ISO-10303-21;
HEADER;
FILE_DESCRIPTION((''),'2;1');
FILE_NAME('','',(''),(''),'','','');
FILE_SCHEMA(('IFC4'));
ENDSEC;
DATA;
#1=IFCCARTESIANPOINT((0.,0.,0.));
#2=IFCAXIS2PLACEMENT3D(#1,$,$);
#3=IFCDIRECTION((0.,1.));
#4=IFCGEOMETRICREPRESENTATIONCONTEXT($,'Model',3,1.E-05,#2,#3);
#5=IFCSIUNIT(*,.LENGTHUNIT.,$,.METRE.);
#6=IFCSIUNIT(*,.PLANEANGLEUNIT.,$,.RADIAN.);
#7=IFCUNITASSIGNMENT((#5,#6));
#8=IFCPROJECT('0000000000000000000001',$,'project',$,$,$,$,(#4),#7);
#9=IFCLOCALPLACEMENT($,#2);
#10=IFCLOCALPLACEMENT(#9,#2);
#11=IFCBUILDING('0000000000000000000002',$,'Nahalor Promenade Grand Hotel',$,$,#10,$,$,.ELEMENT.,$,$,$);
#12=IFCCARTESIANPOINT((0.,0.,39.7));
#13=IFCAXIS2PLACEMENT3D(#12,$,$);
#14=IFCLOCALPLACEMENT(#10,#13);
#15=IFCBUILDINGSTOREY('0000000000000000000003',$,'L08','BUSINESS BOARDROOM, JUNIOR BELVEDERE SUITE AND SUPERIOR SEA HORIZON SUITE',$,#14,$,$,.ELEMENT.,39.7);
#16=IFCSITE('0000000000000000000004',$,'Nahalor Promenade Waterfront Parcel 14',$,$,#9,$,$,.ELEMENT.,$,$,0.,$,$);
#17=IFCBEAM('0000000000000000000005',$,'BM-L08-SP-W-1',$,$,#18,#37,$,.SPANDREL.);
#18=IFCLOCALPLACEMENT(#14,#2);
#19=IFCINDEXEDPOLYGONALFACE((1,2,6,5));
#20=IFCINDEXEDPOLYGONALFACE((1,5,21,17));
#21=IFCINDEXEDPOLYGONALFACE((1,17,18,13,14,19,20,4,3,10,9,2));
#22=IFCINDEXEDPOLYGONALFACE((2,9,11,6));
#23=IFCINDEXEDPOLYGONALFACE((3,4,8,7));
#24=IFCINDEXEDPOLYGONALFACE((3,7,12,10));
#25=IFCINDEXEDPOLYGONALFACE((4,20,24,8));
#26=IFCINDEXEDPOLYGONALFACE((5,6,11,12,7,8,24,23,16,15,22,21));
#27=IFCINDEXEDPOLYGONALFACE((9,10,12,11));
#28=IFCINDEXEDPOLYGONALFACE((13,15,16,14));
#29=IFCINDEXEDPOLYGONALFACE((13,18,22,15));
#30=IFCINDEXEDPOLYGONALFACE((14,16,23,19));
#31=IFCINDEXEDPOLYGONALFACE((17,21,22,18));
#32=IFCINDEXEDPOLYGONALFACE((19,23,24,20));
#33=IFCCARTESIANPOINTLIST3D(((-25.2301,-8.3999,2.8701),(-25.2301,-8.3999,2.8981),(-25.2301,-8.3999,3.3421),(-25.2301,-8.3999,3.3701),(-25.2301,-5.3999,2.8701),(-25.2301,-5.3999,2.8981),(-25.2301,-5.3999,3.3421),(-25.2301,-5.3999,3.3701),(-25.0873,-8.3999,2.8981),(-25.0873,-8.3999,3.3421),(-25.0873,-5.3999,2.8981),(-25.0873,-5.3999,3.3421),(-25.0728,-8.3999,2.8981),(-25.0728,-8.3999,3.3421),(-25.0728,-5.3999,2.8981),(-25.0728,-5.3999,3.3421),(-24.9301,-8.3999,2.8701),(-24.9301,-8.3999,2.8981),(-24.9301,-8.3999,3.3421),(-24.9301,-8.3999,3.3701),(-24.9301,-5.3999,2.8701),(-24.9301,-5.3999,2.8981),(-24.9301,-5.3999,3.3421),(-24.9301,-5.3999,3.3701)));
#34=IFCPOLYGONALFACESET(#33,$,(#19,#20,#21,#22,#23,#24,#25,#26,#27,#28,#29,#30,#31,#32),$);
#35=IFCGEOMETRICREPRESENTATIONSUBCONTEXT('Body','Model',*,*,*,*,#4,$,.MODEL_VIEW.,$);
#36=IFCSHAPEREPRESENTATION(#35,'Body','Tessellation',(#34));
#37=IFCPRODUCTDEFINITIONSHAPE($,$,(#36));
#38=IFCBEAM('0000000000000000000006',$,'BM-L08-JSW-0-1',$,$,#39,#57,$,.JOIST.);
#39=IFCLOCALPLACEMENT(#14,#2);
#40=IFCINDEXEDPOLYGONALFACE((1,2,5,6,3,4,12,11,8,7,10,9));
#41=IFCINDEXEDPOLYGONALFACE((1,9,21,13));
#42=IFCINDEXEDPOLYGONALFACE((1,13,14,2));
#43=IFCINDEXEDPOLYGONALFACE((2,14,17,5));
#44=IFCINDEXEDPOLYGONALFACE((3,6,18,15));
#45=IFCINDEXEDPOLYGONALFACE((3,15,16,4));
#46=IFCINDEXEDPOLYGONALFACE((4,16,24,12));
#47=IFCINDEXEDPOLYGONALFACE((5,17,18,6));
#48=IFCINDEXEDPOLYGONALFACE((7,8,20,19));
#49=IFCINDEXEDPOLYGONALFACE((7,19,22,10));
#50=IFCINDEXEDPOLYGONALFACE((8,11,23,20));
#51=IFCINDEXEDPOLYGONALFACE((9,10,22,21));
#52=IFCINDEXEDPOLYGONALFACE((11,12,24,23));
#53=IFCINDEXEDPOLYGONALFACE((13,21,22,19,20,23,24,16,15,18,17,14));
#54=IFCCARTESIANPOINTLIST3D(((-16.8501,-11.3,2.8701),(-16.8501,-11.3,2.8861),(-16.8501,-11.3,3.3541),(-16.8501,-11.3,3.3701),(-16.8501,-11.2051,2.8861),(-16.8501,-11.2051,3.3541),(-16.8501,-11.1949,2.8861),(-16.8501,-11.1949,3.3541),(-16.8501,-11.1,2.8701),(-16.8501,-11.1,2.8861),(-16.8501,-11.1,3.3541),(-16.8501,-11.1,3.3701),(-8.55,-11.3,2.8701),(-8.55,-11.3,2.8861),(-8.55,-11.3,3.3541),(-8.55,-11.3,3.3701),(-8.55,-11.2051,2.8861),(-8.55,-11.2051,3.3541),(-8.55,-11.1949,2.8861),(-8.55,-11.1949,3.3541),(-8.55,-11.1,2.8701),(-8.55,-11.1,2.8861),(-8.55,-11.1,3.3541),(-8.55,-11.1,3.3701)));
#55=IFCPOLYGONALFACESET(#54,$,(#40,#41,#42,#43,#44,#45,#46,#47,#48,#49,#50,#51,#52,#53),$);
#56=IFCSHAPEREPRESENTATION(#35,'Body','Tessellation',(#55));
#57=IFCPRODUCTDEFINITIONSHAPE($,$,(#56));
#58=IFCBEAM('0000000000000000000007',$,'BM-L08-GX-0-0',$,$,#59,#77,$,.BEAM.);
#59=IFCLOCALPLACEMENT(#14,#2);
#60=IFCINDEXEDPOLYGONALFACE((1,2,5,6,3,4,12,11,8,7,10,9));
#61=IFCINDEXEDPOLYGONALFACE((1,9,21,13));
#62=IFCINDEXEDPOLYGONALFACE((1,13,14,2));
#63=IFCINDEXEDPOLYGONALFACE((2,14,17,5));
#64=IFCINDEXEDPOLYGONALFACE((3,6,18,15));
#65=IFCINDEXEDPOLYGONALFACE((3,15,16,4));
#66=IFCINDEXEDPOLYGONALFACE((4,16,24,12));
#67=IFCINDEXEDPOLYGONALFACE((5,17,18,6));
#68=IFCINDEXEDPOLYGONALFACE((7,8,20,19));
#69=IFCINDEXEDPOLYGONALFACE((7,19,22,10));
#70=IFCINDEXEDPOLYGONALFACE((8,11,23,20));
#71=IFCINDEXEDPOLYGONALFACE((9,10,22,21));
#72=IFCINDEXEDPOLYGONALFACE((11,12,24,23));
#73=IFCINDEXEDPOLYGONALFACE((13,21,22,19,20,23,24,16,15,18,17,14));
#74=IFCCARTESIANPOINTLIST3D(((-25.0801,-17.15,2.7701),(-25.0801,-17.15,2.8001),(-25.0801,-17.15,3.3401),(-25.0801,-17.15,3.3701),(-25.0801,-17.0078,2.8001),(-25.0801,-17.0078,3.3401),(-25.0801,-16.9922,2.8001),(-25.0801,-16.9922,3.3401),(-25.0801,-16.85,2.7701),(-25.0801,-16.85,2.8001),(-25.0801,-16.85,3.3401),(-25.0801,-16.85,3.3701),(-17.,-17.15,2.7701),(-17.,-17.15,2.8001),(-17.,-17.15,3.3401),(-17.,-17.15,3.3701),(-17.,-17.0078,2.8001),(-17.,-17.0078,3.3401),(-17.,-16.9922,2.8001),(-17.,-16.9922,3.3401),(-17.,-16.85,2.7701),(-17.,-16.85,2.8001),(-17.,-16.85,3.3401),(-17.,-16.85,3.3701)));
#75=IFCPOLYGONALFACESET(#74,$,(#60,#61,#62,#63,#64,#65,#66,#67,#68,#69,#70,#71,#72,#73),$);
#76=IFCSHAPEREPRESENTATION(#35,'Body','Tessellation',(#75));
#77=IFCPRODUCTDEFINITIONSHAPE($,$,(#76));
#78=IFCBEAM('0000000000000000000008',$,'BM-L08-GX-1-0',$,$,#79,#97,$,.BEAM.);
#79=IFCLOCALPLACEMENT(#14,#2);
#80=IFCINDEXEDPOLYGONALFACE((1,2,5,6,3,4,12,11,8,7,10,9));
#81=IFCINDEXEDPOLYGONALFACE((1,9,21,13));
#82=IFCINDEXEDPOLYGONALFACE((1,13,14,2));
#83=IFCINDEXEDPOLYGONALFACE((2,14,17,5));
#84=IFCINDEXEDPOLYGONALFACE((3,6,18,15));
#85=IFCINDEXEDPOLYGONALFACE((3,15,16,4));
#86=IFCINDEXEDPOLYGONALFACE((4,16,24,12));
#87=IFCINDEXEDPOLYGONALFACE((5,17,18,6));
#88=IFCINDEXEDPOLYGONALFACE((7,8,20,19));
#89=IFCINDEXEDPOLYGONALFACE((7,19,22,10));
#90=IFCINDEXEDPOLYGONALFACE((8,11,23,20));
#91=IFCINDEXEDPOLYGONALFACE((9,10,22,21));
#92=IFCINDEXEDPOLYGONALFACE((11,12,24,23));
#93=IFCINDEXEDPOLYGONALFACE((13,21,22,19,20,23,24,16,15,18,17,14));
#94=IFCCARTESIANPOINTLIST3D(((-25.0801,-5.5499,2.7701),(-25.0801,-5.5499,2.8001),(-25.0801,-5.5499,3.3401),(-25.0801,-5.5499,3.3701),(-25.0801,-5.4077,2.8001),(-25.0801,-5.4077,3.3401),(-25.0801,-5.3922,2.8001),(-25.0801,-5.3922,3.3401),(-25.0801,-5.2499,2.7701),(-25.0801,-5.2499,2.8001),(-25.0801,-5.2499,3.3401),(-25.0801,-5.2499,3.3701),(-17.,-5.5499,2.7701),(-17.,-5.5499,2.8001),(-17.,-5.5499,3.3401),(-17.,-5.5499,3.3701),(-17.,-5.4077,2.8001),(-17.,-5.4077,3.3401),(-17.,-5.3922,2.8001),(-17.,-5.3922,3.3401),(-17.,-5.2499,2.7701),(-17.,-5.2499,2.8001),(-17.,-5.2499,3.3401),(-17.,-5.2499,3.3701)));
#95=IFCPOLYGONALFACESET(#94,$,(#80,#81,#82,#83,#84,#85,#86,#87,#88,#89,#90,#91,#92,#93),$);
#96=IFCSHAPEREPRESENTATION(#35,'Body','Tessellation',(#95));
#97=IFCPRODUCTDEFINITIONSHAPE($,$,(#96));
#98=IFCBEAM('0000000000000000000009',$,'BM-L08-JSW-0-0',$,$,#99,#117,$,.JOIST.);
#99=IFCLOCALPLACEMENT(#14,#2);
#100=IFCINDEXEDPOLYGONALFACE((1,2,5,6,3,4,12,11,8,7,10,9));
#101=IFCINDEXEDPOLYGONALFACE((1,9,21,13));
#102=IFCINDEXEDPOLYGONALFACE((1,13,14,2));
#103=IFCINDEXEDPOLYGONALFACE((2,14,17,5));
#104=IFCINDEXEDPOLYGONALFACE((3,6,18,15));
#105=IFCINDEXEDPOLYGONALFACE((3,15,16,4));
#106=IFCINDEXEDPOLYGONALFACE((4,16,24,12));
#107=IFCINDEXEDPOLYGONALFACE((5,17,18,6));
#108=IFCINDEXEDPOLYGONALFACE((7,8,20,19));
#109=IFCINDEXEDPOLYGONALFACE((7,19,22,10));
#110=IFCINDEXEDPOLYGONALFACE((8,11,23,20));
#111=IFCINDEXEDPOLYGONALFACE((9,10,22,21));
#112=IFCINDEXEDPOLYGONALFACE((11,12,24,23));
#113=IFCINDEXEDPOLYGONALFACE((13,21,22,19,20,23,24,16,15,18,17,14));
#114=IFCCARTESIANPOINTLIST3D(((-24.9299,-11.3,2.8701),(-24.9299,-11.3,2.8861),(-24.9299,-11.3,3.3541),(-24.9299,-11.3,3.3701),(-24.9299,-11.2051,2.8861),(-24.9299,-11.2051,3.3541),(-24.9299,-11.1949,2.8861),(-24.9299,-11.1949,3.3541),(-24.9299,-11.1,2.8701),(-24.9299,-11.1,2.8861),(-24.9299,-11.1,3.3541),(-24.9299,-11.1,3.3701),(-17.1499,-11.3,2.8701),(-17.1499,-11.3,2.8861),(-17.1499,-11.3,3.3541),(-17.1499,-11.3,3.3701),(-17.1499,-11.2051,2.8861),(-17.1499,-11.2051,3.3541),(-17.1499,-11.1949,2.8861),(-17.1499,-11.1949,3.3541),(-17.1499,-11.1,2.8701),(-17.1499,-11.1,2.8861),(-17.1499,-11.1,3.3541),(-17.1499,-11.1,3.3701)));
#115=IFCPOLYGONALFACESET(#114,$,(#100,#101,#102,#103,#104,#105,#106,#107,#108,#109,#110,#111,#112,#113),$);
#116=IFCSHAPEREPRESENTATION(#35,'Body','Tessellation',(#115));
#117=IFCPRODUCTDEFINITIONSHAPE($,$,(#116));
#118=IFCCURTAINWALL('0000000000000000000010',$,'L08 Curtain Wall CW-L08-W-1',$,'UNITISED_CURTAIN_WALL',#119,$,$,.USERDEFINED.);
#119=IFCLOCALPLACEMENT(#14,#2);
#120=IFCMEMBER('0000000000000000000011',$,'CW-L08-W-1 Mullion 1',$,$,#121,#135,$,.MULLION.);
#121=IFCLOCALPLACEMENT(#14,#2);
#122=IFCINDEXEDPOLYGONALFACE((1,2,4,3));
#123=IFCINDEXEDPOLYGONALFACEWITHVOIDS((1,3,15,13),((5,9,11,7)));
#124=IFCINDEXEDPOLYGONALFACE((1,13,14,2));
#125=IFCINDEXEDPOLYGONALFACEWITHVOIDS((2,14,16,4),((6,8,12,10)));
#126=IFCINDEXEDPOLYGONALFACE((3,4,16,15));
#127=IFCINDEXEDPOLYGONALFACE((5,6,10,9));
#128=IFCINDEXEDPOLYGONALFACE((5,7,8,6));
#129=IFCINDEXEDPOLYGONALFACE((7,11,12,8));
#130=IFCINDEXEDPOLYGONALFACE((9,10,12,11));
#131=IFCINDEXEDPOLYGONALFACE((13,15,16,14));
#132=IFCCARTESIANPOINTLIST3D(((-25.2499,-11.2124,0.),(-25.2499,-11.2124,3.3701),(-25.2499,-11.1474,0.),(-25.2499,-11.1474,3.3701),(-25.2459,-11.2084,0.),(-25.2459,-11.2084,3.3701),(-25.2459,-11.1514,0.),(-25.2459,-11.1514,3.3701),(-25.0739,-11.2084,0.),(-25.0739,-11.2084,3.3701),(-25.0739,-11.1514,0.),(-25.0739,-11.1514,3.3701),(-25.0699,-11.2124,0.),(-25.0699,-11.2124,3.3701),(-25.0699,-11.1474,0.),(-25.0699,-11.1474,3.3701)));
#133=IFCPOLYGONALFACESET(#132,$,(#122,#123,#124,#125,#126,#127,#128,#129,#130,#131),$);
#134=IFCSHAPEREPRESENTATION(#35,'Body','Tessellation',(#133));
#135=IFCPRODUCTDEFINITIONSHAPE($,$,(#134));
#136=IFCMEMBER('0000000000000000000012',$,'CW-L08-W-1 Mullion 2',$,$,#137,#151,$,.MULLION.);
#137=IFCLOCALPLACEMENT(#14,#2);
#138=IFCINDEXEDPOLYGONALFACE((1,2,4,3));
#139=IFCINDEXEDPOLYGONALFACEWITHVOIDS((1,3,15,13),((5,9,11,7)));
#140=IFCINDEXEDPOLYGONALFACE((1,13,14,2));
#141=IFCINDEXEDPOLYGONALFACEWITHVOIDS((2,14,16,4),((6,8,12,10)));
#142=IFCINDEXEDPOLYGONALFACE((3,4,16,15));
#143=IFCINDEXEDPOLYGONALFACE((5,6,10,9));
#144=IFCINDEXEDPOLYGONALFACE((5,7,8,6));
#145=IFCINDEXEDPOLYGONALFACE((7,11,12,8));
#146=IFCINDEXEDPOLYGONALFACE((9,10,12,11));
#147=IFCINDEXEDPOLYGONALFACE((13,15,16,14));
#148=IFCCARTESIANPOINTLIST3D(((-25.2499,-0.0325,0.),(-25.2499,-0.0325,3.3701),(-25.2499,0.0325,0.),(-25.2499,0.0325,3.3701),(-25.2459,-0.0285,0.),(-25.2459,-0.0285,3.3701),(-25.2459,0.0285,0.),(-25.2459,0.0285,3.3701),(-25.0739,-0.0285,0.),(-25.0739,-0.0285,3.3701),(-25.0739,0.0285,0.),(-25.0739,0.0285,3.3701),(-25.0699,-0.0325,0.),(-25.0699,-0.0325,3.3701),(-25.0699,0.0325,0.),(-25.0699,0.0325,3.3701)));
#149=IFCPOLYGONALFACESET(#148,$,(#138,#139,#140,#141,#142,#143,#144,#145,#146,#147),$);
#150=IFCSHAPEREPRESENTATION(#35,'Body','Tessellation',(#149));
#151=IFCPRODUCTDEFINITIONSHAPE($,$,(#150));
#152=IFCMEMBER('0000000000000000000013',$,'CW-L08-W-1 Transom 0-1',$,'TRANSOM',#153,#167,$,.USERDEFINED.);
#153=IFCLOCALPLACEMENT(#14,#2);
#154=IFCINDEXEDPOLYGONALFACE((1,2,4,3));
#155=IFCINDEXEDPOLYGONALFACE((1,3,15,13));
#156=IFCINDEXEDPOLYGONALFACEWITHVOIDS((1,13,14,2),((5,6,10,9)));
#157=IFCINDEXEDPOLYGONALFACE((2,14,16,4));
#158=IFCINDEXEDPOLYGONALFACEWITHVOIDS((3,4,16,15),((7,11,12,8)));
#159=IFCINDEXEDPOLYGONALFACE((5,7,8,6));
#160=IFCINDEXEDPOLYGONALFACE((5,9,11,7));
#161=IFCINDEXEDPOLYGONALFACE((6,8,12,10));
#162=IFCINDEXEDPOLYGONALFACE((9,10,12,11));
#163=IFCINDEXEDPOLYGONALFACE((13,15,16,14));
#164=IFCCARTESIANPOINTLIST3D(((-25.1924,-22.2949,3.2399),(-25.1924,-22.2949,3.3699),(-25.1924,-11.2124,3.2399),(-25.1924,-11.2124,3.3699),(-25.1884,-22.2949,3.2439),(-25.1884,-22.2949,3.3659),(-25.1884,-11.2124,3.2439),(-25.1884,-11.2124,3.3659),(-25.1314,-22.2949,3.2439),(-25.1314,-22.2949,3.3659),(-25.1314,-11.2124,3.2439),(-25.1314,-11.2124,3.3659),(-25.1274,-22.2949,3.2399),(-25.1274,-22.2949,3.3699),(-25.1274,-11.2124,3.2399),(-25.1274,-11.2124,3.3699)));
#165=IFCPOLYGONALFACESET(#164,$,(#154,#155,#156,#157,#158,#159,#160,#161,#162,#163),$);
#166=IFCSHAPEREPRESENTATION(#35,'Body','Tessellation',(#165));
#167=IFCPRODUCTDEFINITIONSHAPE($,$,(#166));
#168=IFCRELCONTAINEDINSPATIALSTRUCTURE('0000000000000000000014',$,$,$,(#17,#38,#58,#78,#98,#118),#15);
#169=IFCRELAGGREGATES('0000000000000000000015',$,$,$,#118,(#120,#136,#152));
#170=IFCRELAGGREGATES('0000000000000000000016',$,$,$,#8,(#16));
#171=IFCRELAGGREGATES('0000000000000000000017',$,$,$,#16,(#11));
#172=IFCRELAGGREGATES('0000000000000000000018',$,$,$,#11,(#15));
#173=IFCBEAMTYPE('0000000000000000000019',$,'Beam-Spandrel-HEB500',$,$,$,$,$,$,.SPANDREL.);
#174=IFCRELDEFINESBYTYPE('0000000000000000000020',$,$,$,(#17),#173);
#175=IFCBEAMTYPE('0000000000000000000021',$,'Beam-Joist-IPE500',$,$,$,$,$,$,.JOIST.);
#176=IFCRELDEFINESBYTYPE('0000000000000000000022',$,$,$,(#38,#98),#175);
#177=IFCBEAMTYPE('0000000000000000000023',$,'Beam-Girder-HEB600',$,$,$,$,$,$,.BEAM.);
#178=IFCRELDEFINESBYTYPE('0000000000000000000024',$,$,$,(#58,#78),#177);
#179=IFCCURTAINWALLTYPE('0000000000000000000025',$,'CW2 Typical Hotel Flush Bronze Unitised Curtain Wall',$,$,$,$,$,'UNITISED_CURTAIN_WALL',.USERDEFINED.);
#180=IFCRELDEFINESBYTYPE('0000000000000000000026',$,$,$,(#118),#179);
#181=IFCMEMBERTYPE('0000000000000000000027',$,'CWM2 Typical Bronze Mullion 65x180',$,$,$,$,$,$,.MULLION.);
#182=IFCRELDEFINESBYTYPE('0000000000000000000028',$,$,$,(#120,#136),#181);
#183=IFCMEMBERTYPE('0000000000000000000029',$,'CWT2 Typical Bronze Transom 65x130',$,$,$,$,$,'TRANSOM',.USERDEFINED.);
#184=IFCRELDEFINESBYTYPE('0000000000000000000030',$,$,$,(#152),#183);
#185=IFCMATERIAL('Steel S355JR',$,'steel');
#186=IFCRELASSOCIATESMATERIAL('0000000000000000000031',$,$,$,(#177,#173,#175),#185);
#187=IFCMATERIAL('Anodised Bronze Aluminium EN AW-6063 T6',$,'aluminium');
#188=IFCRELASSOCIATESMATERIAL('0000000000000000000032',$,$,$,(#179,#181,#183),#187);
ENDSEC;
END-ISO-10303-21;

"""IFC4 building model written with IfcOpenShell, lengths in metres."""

from ifc_helpers import new_model, si_unit, direction, frame, origin, origin_2d, place, context, subcontext, project, spatial, hollow_rectangle, i_section, extrude, source, transform, mapped, material, material_profile, profile_set, type_object, element, aggregate, save


model = new_model("IFC4")

# Units and contexts
model_context = context("Model", 3, precision=1e-05, world=origin(), true_north=direction((0.0, 1.0)))
body_context = subcontext(model_context, "Body", "Model", "MODEL_VIEW")
ifc_project = project(units=[si_unit("LENGTHUNIT", "METRE"), si_unit("PLANEANGLEUNIT", "RADIAN")], contexts=[model_context])

# Site, building, storey
site_placement = place(None, origin())
site = spatial("IfcSite", under=ifc_project, at=site_placement, Name="Nahalor Promenade Waterfront Parcel 14", CompositionType="ELEMENT", RefElevation=0.0)
building_placement = place(site_placement, origin())
building = spatial("IfcBuilding", under=site, at=building_placement, Name="Nahalor Promenade Grand Hotel", CompositionType="ELEMENT")
storey_placement = place(building_placement, frame((0.0, 0.0, 39.7)))
storey = spatial("IfcBuildingStorey", under=building, at=storey_placement, Name="L08", Description="BUSINESS BOARDROOM, JUNIOR BELVEDERE SUITE AND SUPERIOR SEA HORIZON SUITE", CompositionType="ELEMENT", Elevation=39.7)

# Beams
ifc_material_1 = material(Name="Steel S355JR", Category="steel")
ifc_material_profile_1 = material_profile(ifc_material_1, i_section(OverallWidth=0.3, OverallDepth=0.6, WebThickness=0.0155, FlangeThickness=0.03, at=origin_2d()), Name="HEB 600")
ifc_profile_set_1 = profile_set([ifc_material_profile_1], Name="Steel S355JR")
beam_type_1 = type_object("IfcBeamType", Name="Beam-Girder-HEB600", PredefinedType="BEAM", material=ifc_profile_set_1)
ifc_material_profile_2 = material_profile(ifc_material_1, i_section(OverallWidth=0.3, OverallDepth=0.5, WebThickness=0.0145, FlangeThickness=0.028, at=origin_2d()), Name="HEB 500")
ifc_profile_set_2 = profile_set([ifc_material_profile_2], Name="Steel S355JR")
beam_type_2 = type_object("IfcBeamType", Name="Beam-Spandrel-HEB500", PredefinedType="SPANDREL", material=ifc_profile_set_2)
shared_shape_1 = source(origin(), body_context, "Body", "SweptSolid", [
    extrude(i_section(OverallWidth=0.3, OverallDepth=0.5, WebThickness=0.0145, FlangeThickness=0.028, at=origin_2d()), origin(), (0.0, 0.0, 1.0), 3.0),
])
beam_1_placement = place(storey_placement, frame((-25.0801, -8.3999, 3.1201), z_axis=(0.0, 1.0, 0.0), x_axis=(-1.0, 0.0, 0.0)))
element("IfcBeam", 1, at=beam_1_placement, inside=storey, type_object=beam_type_2, Name="BM-L08-SP-W-1", PredefinedType="SPANDREL", context=body_context, shape_type="MappedRepresentation", body=[
    mapped(shared_shape_1, transform((0.0, 0.0, 0.0), scale=1.0)),
])
ifc_material_profile_3 = material_profile(ifc_material_1, i_section(OverallWidth=0.2, OverallDepth=0.5, WebThickness=0.0102, FlangeThickness=0.016, at=origin_2d()), Name="IPE 500")
ifc_profile_set_3 = profile_set([ifc_material_profile_3], Name="Steel S355JR")
beam_type_3 = type_object("IfcBeamType", Name="Beam-Joist-IPE500", PredefinedType="JOIST", material=ifc_profile_set_3)
shared_shape_2 = source(origin(), body_context, "Body", "SweptSolid", [
    extrude(i_section(OverallWidth=0.2, OverallDepth=0.5, WebThickness=0.0102, FlangeThickness=0.016, at=origin_2d()), origin(), (0.0, 0.0, 1.0), 8.3),
])
beam_2_placement = place(storey_placement, frame((-16.8501, -11.2, 3.1201), z_axis=(1.0, 0.0, 0.0), x_axis=(0.0, 1.0, 0.0)))
element("IfcBeam", 2, at=beam_2_placement, inside=storey, type_object=beam_type_3, Name="BM-L08-JSW-0-1", PredefinedType="JOIST", context=body_context, shape_type="MappedRepresentation", body=[
    mapped(shared_shape_2, transform((0.0, 0.0, 0.0), scale=1.0)),
])
shared_shape_3 = source(origin(), body_context, "Body", "SweptSolid", [
    extrude(i_section(OverallWidth=0.3, OverallDepth=0.6, WebThickness=0.0155, FlangeThickness=0.03, at=origin_2d()), origin(), (0.0, 0.0, 1.0), 8.0801),
])
for number, where, z_axis, x_axis, name in (
    (3, (-25.0801, -17.0, 3.0701), (1.0, 0.0, 0.0), (0.0, 1.0, 0.0), "BM-L08-GX-0-0"),
    (4, (-25.0801, -5.3999, 3.0701), (1.0, 0.0, 0.0), (0.0, 1.0, 0.0), "BM-L08-GX-1-0"),
):
    element("IfcBeam", number, at=place(storey_placement, frame(where, z_axis=z_axis, x_axis=x_axis)), inside=storey, type_object=beam_type_1, Name=name, PredefinedType="BEAM", context=body_context, shape_type="MappedRepresentation", body=[
        mapped(shared_shape_3, transform((0.0, 0.0, 0.0), scale=1.0)),
    ])
shared_shape_4 = source(origin(), body_context, "Body", "SweptSolid", [
    extrude(i_section(OverallWidth=0.2, OverallDepth=0.5, WebThickness=0.0102, FlangeThickness=0.016, at=origin_2d()), origin(), (0.0, 0.0, 1.0), 7.78),
])
beam_3_placement = place(storey_placement, frame((-24.9299, -11.2, 3.1201), z_axis=(1.0, 0.0, 0.0), x_axis=(0.0, 1.0, 0.0)))
element("IfcBeam", 5, at=beam_3_placement, inside=storey, type_object=beam_type_3, Name="BM-L08-JSW-0-0", PredefinedType="JOIST", context=body_context, shape_type="MappedRepresentation", body=[
    mapped(shared_shape_4, transform((0.0, 0.0, 0.0), scale=1.0)),
])

# Curtain wall, members
ifc_material_2 = material(Name="Anodised Bronze Aluminium EN AW-6063 T6", Category="aluminium")
curtain_wall_type = type_object("IfcCurtainWallType", Name="CW2 Typical Hotel Flush Bronze Unitised Curtain Wall", ElementType="UNITISED_CURTAIN_WALL", PredefinedType="USERDEFINED", material=ifc_material_2)
curtain_wall_placement = place(storey_placement, origin())
curtain_wall = element("IfcCurtainWall", 6, at=curtain_wall_placement, inside=storey, type_object=curtain_wall_type, Name="L08 Curtain Wall CW-L08-W-1", ObjectType="UNITISED_CURTAIN_WALL", PredefinedType="USERDEFINED")
ifc_material_profile_4 = material_profile(ifc_material_2, hollow_rectangle(XDim=0.065, YDim=0.18, WallThickness=0.004, at=origin_2d()), Name="CWM 65x180x4")
ifc_profile_set_4 = profile_set([ifc_material_profile_4], Name="Anodised Bronze Aluminium EN AW-6063 T6")
member_type_1 = type_object("IfcMemberType", Name="CWM2 Typical Bronze Mullion 65x180", PredefinedType="MULLION", material=ifc_profile_set_4)
shared_shape_5 = source(origin(), body_context, "Body", "SweptSolid", [
    extrude(hollow_rectangle(XDim=0.065, YDim=0.18, WallThickness=0.004, at=origin_2d()), origin(), (0.0, 0.0, 1.0), 3.3701),
])
member_1_placement = place(storey_placement, frame((-25.1599, -11.1799, 0.0), z_axis=(0.0, 0.0, 1.0), x_axis=(0.0, 1.0, 0.0)))
member_1 = element("IfcMember", 7, at=member_1_placement, type_object=member_type_1, Name="CW-L08-W-1 Mullion 1", PredefinedType="MULLION", context=body_context, shape_type="MappedRepresentation", body=[
    mapped(shared_shape_5, transform((0.0, 0.0, 0.0), scale=1.0)),
])
member_2_placement = place(storey_placement, frame((-25.1599, 0.0, 0.0), z_axis=(0.0, 0.0, 1.0), x_axis=(0.0, 1.0, 0.0)))
member_2 = element("IfcMember", 8, at=member_2_placement, type_object=member_type_1, Name="CW-L08-W-1 Mullion 2", PredefinedType="MULLION", context=body_context, shape_type="MappedRepresentation", body=[
    mapped(shared_shape_5, transform((0.0, 0.0, 0.0), scale=1.0)),
])
ifc_material_profile_5 = material_profile(ifc_material_2, hollow_rectangle(XDim=0.065, YDim=0.13, WallThickness=0.004, at=origin_2d()), Name="CWT 65x130x4")
ifc_profile_set_5 = profile_set([ifc_material_profile_5], Name="Anodised Bronze Aluminium EN AW-6063 T6")
member_type_2 = type_object("IfcMemberType", Name="CWT2 Typical Bronze Transom 65x130", ElementType="TRANSOM", PredefinedType="USERDEFINED", material=ifc_profile_set_5)
shared_shape_6 = source(origin(), body_context, "Body", "SweptSolid", [
    extrude(hollow_rectangle(XDim=0.065, YDim=0.13, WallThickness=0.004, at=origin_2d()), origin(), (0.0, 0.0, 1.0), 11.0825),
])
member_3_placement = place(storey_placement, frame((-25.1599, -22.2949, 3.3049), z_axis=(0.0, 1.0, 0.0), x_axis=(-1.0, 0.0, 0.0)))
member_3 = element("IfcMember", 9, at=member_3_placement, type_object=member_type_2, Name="CW-L08-W-1 Transom 0-1", ObjectType="TRANSOM", PredefinedType="USERDEFINED", context=body_context, shape_type="MappedRepresentation", body=[
    mapped(shared_shape_6, transform((0.0, 0.0, 0.0), scale=1.0)),
])
aggregate(curtain_wall, [member_1, member_2, member_3])

save(model, "model.ifc")
